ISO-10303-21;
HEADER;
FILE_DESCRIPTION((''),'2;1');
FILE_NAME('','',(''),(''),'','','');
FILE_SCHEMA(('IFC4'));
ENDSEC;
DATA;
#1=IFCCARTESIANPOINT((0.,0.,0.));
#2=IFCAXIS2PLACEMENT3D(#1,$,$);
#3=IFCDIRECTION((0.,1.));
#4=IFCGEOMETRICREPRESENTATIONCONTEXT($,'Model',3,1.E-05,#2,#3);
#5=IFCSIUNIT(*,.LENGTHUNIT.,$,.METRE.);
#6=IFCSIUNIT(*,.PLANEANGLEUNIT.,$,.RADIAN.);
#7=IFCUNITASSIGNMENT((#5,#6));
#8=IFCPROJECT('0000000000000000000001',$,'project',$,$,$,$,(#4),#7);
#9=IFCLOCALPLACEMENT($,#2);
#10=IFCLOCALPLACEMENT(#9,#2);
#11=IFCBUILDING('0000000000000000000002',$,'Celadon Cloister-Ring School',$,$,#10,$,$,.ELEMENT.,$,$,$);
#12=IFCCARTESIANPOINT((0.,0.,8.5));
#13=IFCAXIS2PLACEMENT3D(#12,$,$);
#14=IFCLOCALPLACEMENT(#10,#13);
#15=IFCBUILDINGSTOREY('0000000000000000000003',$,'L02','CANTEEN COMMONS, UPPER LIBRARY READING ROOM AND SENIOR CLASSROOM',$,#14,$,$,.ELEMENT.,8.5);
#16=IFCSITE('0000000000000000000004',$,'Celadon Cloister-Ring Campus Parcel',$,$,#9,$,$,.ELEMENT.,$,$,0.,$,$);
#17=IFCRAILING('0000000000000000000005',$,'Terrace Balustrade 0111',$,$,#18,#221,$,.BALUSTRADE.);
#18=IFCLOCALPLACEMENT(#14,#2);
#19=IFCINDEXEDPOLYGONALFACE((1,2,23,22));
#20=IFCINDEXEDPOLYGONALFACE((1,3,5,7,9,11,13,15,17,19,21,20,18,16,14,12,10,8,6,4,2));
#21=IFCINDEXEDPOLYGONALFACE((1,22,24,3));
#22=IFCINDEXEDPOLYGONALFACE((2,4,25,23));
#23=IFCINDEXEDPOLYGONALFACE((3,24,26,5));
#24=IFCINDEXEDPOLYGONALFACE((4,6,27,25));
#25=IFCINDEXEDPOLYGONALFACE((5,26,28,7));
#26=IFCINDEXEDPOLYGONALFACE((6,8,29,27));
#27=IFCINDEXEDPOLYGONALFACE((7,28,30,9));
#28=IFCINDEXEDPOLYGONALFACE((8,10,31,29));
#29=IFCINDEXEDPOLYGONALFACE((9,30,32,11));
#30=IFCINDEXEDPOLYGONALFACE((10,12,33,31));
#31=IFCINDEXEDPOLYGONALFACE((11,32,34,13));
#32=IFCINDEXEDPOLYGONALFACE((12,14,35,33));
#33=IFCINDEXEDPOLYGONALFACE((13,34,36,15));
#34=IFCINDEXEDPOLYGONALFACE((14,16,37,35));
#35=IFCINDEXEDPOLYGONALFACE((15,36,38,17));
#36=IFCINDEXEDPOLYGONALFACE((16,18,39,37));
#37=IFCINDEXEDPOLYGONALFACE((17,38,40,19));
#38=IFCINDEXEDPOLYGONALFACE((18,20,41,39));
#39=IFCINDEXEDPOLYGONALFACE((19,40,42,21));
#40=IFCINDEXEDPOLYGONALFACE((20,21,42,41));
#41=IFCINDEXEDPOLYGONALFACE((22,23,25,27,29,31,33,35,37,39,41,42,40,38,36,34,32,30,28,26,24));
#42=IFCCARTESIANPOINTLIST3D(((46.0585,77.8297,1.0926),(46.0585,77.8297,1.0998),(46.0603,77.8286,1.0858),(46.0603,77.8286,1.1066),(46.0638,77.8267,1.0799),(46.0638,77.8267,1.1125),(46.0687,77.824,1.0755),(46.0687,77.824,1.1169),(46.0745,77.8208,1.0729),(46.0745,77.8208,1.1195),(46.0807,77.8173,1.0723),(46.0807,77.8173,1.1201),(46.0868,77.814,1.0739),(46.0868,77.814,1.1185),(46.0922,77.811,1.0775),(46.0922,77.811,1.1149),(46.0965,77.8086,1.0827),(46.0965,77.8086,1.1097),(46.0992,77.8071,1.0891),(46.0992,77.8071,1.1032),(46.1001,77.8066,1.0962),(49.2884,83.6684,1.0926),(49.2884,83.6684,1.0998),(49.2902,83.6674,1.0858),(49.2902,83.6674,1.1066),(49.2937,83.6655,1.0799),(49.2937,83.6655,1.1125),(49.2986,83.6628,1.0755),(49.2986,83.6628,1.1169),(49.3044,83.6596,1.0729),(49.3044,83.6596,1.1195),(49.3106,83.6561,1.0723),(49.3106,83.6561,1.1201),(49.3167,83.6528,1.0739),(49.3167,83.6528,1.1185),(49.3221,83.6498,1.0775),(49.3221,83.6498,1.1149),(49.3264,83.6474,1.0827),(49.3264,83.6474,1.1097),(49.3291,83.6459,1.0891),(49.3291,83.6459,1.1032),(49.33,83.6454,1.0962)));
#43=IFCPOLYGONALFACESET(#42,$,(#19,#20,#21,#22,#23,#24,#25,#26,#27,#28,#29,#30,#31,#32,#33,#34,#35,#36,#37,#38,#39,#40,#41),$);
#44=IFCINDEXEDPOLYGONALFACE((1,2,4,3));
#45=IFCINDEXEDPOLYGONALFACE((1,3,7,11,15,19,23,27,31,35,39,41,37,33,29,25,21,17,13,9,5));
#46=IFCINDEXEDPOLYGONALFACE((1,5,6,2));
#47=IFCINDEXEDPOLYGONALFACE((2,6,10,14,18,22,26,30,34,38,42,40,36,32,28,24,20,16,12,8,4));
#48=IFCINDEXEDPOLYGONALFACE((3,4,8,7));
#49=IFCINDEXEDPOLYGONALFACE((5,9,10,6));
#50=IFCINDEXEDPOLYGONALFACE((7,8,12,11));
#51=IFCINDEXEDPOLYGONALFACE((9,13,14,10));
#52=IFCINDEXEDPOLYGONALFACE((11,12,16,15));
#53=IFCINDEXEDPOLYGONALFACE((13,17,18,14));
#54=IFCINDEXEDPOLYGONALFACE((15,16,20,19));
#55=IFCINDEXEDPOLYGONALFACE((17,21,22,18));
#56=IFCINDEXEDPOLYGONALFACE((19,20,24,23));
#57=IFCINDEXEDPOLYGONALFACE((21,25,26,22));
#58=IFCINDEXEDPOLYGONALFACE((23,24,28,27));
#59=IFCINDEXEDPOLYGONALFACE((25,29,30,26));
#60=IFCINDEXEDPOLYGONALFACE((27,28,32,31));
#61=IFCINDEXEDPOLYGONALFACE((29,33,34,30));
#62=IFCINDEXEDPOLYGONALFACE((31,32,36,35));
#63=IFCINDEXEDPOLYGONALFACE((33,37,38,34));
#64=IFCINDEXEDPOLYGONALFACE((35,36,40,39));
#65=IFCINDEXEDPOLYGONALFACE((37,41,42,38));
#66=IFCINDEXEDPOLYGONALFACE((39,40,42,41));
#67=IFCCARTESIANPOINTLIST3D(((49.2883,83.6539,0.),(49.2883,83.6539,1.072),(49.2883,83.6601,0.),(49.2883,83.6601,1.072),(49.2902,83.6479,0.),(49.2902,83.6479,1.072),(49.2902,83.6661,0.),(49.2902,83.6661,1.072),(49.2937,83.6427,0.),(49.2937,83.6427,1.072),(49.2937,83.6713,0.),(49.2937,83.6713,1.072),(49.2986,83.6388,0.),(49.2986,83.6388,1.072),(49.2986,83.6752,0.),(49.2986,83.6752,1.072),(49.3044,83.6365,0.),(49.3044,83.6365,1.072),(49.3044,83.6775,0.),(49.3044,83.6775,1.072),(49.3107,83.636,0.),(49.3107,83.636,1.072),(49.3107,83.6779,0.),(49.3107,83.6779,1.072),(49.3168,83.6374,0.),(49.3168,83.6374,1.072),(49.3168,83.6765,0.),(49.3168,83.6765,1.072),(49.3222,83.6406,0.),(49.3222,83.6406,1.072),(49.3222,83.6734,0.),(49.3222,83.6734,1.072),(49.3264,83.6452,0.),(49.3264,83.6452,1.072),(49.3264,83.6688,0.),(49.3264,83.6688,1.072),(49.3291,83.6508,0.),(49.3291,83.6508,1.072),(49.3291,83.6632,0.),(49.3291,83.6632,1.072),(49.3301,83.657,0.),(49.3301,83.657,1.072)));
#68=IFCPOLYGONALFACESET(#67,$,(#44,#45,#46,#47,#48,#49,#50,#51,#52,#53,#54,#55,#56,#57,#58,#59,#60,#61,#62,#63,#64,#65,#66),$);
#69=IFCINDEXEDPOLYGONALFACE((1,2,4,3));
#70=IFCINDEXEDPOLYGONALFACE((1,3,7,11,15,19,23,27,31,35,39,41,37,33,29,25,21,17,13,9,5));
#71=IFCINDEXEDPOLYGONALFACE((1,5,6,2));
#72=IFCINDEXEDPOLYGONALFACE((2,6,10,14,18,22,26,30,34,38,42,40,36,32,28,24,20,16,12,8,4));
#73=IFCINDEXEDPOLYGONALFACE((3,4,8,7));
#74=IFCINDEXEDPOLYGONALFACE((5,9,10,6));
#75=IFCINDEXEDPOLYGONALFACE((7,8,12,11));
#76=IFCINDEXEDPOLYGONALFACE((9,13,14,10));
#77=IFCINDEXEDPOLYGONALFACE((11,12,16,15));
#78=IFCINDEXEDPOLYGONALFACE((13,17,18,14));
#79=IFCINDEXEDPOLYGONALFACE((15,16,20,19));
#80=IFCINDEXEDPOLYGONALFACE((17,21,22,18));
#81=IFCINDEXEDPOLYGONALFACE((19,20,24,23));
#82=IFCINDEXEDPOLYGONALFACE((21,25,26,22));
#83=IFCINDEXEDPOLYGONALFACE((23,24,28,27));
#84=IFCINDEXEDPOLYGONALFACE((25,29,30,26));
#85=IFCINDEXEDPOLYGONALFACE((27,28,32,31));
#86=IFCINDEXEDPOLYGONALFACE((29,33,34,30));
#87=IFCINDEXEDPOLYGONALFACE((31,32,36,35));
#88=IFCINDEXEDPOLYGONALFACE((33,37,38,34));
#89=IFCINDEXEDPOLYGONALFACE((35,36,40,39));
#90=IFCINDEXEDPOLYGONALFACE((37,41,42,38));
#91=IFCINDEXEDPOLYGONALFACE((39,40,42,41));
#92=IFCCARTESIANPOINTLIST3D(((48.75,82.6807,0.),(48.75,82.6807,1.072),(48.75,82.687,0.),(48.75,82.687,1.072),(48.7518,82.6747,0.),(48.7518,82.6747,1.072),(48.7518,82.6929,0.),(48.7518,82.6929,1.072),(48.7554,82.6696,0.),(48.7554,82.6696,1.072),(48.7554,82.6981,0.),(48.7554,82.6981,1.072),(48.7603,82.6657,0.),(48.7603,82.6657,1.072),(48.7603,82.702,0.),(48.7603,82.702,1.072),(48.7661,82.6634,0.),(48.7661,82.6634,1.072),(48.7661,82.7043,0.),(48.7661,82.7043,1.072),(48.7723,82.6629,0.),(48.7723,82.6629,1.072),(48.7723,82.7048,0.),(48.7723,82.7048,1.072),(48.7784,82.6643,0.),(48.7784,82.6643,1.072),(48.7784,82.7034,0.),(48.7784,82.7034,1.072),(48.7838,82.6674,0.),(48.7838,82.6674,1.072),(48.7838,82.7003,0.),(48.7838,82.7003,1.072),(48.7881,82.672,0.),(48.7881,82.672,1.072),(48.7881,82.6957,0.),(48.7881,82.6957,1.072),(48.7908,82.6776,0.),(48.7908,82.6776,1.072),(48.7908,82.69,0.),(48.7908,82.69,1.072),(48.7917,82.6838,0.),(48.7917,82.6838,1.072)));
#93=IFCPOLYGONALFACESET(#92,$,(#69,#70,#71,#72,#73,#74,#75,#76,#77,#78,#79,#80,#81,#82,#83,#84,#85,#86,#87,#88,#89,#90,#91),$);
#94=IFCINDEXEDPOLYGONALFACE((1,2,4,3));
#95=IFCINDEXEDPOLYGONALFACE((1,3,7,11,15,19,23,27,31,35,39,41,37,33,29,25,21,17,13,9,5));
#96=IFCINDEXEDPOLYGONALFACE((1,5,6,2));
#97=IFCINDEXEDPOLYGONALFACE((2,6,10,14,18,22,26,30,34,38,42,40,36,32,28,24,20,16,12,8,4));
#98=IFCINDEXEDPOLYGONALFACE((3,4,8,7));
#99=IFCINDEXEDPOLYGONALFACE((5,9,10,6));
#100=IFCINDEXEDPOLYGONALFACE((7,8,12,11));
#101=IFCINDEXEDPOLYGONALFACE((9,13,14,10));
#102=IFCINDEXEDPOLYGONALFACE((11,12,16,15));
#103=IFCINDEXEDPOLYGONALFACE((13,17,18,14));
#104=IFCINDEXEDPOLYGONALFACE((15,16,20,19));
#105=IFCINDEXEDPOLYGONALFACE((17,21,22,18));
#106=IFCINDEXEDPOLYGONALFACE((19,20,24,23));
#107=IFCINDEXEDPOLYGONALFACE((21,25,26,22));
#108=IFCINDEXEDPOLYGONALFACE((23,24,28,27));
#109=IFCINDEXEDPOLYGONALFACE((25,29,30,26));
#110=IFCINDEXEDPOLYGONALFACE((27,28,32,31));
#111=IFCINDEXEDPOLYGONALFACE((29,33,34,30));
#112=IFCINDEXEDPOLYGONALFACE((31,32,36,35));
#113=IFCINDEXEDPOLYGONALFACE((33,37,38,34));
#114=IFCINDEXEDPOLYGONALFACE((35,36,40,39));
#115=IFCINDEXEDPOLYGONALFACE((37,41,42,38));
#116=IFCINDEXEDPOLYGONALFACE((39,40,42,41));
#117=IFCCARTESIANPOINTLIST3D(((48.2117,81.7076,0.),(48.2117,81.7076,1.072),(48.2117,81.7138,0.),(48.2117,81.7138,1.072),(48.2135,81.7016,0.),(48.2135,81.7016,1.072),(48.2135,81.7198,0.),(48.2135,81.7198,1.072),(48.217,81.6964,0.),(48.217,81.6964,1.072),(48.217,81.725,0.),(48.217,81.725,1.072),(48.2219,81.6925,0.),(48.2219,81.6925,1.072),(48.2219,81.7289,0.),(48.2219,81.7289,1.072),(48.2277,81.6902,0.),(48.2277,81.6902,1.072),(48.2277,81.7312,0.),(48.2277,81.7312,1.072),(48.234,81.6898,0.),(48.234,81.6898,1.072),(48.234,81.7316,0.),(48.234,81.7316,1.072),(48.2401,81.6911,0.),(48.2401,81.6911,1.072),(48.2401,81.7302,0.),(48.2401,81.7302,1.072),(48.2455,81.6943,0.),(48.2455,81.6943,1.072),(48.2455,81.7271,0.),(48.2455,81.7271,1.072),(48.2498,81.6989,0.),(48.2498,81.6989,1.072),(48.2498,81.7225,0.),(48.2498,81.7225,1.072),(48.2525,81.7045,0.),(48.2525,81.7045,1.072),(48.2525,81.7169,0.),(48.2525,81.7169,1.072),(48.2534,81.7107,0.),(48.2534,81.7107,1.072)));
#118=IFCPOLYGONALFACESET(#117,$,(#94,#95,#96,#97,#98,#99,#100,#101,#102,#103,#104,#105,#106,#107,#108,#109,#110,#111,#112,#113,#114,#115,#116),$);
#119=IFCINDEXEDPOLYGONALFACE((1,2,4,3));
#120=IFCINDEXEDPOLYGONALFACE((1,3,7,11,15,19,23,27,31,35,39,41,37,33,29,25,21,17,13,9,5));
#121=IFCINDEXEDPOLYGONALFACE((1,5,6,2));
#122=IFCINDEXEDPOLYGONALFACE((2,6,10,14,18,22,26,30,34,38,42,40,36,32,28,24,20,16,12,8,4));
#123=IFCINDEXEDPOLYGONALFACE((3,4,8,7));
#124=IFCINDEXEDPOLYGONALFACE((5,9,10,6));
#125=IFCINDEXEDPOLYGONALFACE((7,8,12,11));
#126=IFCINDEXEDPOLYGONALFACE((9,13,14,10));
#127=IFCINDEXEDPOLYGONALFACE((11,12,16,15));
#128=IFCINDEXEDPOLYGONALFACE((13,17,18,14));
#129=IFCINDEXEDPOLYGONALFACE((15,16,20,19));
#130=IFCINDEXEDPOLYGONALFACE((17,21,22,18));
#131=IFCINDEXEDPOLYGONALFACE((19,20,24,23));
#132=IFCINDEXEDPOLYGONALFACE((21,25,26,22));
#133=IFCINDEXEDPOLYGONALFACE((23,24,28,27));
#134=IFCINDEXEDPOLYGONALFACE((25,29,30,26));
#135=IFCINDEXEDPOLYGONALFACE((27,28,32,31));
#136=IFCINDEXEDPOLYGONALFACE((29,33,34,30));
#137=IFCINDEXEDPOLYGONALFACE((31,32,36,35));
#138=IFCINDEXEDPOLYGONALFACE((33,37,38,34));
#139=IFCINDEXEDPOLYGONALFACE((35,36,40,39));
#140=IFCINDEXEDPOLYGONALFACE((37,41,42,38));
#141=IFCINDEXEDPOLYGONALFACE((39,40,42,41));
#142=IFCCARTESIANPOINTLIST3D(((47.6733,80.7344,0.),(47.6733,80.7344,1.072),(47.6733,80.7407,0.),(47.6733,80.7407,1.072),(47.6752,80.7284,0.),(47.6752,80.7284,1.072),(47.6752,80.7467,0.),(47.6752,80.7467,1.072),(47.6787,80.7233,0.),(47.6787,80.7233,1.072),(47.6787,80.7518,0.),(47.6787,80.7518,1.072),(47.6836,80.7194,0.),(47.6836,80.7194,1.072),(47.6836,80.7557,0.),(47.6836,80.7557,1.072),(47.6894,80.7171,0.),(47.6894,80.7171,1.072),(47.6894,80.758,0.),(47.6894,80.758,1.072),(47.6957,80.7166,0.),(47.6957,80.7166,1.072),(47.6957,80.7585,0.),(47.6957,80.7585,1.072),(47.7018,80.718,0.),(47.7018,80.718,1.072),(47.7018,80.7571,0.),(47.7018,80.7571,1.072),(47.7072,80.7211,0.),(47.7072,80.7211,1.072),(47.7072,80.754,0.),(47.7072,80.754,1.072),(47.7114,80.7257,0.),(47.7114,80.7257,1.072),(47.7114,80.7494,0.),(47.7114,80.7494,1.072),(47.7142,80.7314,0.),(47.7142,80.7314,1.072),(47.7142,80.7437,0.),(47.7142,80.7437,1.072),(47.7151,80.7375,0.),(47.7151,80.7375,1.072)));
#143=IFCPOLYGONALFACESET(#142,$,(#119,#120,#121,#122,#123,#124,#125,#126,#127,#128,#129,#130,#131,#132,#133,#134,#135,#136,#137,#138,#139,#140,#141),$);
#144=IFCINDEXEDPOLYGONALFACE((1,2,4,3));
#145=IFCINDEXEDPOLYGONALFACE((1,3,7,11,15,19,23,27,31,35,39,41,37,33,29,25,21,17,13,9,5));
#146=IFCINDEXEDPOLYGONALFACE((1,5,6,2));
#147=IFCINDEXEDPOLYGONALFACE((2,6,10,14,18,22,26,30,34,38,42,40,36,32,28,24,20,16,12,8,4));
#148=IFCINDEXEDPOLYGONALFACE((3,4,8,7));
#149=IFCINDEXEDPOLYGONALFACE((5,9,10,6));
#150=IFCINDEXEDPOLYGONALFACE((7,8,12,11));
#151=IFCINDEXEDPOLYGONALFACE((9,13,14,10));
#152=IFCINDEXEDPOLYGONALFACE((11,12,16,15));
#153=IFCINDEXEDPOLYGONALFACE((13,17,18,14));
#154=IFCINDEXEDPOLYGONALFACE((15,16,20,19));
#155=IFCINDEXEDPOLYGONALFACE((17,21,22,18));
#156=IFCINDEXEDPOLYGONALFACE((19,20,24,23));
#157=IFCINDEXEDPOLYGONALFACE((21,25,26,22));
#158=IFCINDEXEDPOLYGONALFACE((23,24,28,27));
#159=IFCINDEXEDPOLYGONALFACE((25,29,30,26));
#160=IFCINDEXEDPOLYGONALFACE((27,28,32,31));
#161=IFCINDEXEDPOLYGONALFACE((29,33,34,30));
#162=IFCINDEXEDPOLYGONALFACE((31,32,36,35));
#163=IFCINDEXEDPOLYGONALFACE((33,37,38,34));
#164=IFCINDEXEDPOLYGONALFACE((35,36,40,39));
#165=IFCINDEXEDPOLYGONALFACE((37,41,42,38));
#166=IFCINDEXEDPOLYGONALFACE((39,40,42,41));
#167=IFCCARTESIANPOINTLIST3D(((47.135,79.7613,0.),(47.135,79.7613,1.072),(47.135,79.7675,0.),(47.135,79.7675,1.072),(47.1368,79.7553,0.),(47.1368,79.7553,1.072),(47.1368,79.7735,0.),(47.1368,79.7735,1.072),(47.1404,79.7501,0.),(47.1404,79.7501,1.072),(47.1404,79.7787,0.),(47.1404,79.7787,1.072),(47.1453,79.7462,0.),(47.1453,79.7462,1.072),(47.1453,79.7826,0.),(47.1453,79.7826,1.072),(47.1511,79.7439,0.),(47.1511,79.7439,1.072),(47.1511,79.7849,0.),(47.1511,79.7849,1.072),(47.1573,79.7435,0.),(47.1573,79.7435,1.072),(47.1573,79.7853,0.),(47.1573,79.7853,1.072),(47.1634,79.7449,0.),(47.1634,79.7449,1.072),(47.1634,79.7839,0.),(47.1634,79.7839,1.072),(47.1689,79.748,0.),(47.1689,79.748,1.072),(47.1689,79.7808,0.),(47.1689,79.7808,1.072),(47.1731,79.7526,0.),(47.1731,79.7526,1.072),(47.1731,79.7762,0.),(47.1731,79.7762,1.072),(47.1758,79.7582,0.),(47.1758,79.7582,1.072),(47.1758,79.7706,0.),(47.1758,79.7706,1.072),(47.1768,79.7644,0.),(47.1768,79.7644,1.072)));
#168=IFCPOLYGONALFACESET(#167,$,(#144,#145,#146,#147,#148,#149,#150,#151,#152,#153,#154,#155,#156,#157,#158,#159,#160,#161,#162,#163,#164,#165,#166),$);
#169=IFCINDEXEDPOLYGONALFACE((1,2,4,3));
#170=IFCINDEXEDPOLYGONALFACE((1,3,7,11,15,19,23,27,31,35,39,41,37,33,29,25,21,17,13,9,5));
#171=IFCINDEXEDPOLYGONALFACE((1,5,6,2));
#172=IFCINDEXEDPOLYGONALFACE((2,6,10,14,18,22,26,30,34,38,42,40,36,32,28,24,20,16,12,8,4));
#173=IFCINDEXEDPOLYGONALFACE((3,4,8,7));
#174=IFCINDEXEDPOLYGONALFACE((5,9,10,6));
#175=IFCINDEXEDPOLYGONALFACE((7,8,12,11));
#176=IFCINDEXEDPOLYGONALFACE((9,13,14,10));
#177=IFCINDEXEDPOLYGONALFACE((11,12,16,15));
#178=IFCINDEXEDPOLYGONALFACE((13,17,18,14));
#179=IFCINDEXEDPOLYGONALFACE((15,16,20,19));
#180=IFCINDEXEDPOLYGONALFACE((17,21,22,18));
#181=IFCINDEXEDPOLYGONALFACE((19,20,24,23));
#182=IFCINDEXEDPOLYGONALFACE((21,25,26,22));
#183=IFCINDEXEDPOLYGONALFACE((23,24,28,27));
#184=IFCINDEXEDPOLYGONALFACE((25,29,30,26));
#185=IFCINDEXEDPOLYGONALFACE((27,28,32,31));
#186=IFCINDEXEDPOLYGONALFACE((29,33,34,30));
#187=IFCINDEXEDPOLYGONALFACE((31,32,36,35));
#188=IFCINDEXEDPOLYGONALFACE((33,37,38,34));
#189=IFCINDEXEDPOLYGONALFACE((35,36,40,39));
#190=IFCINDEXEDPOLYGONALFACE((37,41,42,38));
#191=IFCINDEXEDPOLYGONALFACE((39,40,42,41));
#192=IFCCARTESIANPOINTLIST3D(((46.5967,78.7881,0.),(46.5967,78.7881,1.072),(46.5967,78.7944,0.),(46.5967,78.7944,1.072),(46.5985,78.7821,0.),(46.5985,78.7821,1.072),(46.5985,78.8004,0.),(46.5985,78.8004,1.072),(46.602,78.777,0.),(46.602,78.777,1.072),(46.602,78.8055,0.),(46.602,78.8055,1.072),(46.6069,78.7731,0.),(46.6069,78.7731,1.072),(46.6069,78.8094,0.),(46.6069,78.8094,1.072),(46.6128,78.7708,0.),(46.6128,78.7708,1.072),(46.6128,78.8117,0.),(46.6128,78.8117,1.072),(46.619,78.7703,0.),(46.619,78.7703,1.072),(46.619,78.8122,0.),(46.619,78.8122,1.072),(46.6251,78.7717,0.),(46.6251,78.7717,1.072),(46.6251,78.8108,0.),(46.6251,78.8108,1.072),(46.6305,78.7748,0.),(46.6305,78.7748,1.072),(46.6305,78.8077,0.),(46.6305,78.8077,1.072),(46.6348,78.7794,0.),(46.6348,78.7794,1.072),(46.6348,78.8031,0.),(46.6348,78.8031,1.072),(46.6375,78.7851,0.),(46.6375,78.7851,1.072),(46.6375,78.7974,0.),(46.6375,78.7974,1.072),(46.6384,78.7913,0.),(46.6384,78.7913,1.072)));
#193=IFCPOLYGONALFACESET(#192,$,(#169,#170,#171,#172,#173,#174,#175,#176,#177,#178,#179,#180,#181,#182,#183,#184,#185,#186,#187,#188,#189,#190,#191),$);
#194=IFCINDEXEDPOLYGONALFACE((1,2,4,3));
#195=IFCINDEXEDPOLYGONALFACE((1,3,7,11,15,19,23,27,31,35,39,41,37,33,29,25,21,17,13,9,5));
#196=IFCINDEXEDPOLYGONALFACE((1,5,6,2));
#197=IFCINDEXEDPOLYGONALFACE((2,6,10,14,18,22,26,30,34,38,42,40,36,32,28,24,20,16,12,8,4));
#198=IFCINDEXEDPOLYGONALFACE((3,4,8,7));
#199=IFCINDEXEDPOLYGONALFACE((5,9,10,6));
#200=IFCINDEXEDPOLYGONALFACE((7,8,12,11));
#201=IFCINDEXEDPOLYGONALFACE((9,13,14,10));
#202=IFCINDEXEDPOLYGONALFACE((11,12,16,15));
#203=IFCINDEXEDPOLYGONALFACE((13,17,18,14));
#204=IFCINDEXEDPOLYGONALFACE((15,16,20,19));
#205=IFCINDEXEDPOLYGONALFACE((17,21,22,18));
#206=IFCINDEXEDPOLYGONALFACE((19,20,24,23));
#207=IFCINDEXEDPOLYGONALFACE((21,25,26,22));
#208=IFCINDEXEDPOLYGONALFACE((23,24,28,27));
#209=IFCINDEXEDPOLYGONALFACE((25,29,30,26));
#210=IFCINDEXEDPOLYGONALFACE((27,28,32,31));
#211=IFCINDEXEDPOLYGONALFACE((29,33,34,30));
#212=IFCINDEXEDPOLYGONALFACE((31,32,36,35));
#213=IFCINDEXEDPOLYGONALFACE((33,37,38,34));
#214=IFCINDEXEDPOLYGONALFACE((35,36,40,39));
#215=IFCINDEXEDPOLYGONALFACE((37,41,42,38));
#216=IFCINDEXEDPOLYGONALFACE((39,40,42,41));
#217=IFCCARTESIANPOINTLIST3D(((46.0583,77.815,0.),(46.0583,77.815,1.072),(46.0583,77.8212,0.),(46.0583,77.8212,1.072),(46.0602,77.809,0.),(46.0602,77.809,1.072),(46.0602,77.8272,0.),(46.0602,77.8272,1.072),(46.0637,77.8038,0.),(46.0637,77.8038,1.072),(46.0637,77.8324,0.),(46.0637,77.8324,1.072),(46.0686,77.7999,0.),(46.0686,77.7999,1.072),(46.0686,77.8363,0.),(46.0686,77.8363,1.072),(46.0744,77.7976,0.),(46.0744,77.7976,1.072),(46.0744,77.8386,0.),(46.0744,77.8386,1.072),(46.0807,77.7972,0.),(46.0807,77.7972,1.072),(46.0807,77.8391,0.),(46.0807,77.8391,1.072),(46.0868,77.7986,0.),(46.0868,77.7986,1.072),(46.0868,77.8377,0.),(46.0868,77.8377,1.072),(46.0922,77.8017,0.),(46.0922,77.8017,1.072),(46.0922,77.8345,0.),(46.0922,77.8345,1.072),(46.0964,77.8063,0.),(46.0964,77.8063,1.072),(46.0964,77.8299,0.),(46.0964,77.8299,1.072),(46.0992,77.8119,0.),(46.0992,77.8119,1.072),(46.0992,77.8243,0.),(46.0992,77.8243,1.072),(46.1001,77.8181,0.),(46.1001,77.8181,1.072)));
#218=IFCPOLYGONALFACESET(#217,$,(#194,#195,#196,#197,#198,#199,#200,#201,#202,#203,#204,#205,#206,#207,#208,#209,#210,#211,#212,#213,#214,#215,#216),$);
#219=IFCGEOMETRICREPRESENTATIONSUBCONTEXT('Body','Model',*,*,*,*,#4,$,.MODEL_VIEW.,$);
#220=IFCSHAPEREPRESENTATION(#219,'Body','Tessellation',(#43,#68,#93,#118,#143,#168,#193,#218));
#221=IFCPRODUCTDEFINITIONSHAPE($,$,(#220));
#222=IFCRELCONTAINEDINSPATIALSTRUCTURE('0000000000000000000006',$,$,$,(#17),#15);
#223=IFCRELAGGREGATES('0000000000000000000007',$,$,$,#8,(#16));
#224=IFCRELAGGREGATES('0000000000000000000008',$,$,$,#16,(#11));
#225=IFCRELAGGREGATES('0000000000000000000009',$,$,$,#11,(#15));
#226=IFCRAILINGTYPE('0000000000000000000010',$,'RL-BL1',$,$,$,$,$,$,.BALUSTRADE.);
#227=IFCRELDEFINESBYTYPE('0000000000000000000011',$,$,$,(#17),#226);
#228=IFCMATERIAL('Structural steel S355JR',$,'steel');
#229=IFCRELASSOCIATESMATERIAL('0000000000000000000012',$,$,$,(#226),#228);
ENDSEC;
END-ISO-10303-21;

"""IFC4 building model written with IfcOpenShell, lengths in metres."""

from ifc_helpers import new_model, si_unit, direction, frame, origin, origin_2d, place, context, subcontext, project, spatial, circle, extrude, material, type_object, element, save


model = new_model("IFC4")

# Units and contexts
model_context = context("Model", 3, precision=1e-05, world=origin(), true_north=direction((0.0, 1.0)))
body_context = subcontext(model_context, "Body", "Model", "MODEL_VIEW")
ifc_project = project(units=[si_unit("LENGTHUNIT", "METRE"), si_unit("PLANEANGLEUNIT", "RADIAN")], contexts=[model_context])

# Site, building, storey
site_placement = place(None, origin())
site = spatial("IfcSite", under=ifc_project, at=site_placement, Name="Celadon Cloister-Ring Campus Parcel", CompositionType="ELEMENT", RefElevation=0.0)
building_placement = place(site_placement, origin())
building = spatial("IfcBuilding", under=site, at=building_placement, Name="Celadon Cloister-Ring School", CompositionType="ELEMENT")
storey_placement = place(building_placement, frame((0.0, 0.0, 8.5)))
storey = spatial("IfcBuildingStorey", under=building, at=storey_placement, Name="L02", Description="CANTEEN COMMONS, UPPER LIBRARY READING ROOM AND SENIOR CLASSROOM", CompositionType="ELEMENT", Elevation=8.5)

# Railing
ifc_material_1 = material(Name="Structural steel S355JR", Category="steel")
railing_type = type_object("IfcRailingType", Name="RL-BL1", PredefinedType="BALUSTRADE", material=ifc_material_1)
railing_1_placement = place(storey_placement, frame((49.3091, 83.657, 0.0)))
element("IfcRailing", 1, at=railing_1_placement, inside=storey, type_object=railing_type, Name="Terrace Balustrade 0111", PredefinedType="BALUSTRADE", context=body_context, shape_type="SweptSolid", body=[
    extrude(circle(Radius=0.0239, at=origin_2d()), frame((0.0, 0.0, 1.0962), z_axis=(-0.484058, -0.875036, 0.0), x_axis=(0.875036, -0.484058, 0.0)), (0.0, 0.0, 1.0), 6.6726),
    extrude(circle(Radius=0.021, at=origin_2d()), origin(), (0.0, 0.0, 1.0), 1.072),
    extrude(circle(Radius=0.021, at=origin_2d()), frame((-0.5383, -0.9731, 0.0)), (0.0, 0.0, 1.0), 1.072),
    extrude(circle(Radius=0.021, at=origin_2d()), frame((-1.0767, -1.9463, 0.0)), (0.0, 0.0, 1.0), 1.072),
    extrude(circle(Radius=0.021, at=origin_2d()), frame((-1.615, -2.9194, 0.0)), (0.0, 0.0, 1.0), 1.072),
    extrude(circle(Radius=0.021, at=origin_2d()), frame((-2.1533, -3.8926, 0.0)), (0.0, 0.0, 1.0), 1.072),
    extrude(circle(Radius=0.021, at=origin_2d()), frame((-2.6917, -4.8657, 0.0)), (0.0, 0.0, 1.0), 1.072),
    extrude(circle(Radius=0.021, at=origin_2d()), frame((-3.23, -5.8389, 0.0)), (0.0, 0.0, 1.0), 1.072),
])

save(model, "model.ifc")
